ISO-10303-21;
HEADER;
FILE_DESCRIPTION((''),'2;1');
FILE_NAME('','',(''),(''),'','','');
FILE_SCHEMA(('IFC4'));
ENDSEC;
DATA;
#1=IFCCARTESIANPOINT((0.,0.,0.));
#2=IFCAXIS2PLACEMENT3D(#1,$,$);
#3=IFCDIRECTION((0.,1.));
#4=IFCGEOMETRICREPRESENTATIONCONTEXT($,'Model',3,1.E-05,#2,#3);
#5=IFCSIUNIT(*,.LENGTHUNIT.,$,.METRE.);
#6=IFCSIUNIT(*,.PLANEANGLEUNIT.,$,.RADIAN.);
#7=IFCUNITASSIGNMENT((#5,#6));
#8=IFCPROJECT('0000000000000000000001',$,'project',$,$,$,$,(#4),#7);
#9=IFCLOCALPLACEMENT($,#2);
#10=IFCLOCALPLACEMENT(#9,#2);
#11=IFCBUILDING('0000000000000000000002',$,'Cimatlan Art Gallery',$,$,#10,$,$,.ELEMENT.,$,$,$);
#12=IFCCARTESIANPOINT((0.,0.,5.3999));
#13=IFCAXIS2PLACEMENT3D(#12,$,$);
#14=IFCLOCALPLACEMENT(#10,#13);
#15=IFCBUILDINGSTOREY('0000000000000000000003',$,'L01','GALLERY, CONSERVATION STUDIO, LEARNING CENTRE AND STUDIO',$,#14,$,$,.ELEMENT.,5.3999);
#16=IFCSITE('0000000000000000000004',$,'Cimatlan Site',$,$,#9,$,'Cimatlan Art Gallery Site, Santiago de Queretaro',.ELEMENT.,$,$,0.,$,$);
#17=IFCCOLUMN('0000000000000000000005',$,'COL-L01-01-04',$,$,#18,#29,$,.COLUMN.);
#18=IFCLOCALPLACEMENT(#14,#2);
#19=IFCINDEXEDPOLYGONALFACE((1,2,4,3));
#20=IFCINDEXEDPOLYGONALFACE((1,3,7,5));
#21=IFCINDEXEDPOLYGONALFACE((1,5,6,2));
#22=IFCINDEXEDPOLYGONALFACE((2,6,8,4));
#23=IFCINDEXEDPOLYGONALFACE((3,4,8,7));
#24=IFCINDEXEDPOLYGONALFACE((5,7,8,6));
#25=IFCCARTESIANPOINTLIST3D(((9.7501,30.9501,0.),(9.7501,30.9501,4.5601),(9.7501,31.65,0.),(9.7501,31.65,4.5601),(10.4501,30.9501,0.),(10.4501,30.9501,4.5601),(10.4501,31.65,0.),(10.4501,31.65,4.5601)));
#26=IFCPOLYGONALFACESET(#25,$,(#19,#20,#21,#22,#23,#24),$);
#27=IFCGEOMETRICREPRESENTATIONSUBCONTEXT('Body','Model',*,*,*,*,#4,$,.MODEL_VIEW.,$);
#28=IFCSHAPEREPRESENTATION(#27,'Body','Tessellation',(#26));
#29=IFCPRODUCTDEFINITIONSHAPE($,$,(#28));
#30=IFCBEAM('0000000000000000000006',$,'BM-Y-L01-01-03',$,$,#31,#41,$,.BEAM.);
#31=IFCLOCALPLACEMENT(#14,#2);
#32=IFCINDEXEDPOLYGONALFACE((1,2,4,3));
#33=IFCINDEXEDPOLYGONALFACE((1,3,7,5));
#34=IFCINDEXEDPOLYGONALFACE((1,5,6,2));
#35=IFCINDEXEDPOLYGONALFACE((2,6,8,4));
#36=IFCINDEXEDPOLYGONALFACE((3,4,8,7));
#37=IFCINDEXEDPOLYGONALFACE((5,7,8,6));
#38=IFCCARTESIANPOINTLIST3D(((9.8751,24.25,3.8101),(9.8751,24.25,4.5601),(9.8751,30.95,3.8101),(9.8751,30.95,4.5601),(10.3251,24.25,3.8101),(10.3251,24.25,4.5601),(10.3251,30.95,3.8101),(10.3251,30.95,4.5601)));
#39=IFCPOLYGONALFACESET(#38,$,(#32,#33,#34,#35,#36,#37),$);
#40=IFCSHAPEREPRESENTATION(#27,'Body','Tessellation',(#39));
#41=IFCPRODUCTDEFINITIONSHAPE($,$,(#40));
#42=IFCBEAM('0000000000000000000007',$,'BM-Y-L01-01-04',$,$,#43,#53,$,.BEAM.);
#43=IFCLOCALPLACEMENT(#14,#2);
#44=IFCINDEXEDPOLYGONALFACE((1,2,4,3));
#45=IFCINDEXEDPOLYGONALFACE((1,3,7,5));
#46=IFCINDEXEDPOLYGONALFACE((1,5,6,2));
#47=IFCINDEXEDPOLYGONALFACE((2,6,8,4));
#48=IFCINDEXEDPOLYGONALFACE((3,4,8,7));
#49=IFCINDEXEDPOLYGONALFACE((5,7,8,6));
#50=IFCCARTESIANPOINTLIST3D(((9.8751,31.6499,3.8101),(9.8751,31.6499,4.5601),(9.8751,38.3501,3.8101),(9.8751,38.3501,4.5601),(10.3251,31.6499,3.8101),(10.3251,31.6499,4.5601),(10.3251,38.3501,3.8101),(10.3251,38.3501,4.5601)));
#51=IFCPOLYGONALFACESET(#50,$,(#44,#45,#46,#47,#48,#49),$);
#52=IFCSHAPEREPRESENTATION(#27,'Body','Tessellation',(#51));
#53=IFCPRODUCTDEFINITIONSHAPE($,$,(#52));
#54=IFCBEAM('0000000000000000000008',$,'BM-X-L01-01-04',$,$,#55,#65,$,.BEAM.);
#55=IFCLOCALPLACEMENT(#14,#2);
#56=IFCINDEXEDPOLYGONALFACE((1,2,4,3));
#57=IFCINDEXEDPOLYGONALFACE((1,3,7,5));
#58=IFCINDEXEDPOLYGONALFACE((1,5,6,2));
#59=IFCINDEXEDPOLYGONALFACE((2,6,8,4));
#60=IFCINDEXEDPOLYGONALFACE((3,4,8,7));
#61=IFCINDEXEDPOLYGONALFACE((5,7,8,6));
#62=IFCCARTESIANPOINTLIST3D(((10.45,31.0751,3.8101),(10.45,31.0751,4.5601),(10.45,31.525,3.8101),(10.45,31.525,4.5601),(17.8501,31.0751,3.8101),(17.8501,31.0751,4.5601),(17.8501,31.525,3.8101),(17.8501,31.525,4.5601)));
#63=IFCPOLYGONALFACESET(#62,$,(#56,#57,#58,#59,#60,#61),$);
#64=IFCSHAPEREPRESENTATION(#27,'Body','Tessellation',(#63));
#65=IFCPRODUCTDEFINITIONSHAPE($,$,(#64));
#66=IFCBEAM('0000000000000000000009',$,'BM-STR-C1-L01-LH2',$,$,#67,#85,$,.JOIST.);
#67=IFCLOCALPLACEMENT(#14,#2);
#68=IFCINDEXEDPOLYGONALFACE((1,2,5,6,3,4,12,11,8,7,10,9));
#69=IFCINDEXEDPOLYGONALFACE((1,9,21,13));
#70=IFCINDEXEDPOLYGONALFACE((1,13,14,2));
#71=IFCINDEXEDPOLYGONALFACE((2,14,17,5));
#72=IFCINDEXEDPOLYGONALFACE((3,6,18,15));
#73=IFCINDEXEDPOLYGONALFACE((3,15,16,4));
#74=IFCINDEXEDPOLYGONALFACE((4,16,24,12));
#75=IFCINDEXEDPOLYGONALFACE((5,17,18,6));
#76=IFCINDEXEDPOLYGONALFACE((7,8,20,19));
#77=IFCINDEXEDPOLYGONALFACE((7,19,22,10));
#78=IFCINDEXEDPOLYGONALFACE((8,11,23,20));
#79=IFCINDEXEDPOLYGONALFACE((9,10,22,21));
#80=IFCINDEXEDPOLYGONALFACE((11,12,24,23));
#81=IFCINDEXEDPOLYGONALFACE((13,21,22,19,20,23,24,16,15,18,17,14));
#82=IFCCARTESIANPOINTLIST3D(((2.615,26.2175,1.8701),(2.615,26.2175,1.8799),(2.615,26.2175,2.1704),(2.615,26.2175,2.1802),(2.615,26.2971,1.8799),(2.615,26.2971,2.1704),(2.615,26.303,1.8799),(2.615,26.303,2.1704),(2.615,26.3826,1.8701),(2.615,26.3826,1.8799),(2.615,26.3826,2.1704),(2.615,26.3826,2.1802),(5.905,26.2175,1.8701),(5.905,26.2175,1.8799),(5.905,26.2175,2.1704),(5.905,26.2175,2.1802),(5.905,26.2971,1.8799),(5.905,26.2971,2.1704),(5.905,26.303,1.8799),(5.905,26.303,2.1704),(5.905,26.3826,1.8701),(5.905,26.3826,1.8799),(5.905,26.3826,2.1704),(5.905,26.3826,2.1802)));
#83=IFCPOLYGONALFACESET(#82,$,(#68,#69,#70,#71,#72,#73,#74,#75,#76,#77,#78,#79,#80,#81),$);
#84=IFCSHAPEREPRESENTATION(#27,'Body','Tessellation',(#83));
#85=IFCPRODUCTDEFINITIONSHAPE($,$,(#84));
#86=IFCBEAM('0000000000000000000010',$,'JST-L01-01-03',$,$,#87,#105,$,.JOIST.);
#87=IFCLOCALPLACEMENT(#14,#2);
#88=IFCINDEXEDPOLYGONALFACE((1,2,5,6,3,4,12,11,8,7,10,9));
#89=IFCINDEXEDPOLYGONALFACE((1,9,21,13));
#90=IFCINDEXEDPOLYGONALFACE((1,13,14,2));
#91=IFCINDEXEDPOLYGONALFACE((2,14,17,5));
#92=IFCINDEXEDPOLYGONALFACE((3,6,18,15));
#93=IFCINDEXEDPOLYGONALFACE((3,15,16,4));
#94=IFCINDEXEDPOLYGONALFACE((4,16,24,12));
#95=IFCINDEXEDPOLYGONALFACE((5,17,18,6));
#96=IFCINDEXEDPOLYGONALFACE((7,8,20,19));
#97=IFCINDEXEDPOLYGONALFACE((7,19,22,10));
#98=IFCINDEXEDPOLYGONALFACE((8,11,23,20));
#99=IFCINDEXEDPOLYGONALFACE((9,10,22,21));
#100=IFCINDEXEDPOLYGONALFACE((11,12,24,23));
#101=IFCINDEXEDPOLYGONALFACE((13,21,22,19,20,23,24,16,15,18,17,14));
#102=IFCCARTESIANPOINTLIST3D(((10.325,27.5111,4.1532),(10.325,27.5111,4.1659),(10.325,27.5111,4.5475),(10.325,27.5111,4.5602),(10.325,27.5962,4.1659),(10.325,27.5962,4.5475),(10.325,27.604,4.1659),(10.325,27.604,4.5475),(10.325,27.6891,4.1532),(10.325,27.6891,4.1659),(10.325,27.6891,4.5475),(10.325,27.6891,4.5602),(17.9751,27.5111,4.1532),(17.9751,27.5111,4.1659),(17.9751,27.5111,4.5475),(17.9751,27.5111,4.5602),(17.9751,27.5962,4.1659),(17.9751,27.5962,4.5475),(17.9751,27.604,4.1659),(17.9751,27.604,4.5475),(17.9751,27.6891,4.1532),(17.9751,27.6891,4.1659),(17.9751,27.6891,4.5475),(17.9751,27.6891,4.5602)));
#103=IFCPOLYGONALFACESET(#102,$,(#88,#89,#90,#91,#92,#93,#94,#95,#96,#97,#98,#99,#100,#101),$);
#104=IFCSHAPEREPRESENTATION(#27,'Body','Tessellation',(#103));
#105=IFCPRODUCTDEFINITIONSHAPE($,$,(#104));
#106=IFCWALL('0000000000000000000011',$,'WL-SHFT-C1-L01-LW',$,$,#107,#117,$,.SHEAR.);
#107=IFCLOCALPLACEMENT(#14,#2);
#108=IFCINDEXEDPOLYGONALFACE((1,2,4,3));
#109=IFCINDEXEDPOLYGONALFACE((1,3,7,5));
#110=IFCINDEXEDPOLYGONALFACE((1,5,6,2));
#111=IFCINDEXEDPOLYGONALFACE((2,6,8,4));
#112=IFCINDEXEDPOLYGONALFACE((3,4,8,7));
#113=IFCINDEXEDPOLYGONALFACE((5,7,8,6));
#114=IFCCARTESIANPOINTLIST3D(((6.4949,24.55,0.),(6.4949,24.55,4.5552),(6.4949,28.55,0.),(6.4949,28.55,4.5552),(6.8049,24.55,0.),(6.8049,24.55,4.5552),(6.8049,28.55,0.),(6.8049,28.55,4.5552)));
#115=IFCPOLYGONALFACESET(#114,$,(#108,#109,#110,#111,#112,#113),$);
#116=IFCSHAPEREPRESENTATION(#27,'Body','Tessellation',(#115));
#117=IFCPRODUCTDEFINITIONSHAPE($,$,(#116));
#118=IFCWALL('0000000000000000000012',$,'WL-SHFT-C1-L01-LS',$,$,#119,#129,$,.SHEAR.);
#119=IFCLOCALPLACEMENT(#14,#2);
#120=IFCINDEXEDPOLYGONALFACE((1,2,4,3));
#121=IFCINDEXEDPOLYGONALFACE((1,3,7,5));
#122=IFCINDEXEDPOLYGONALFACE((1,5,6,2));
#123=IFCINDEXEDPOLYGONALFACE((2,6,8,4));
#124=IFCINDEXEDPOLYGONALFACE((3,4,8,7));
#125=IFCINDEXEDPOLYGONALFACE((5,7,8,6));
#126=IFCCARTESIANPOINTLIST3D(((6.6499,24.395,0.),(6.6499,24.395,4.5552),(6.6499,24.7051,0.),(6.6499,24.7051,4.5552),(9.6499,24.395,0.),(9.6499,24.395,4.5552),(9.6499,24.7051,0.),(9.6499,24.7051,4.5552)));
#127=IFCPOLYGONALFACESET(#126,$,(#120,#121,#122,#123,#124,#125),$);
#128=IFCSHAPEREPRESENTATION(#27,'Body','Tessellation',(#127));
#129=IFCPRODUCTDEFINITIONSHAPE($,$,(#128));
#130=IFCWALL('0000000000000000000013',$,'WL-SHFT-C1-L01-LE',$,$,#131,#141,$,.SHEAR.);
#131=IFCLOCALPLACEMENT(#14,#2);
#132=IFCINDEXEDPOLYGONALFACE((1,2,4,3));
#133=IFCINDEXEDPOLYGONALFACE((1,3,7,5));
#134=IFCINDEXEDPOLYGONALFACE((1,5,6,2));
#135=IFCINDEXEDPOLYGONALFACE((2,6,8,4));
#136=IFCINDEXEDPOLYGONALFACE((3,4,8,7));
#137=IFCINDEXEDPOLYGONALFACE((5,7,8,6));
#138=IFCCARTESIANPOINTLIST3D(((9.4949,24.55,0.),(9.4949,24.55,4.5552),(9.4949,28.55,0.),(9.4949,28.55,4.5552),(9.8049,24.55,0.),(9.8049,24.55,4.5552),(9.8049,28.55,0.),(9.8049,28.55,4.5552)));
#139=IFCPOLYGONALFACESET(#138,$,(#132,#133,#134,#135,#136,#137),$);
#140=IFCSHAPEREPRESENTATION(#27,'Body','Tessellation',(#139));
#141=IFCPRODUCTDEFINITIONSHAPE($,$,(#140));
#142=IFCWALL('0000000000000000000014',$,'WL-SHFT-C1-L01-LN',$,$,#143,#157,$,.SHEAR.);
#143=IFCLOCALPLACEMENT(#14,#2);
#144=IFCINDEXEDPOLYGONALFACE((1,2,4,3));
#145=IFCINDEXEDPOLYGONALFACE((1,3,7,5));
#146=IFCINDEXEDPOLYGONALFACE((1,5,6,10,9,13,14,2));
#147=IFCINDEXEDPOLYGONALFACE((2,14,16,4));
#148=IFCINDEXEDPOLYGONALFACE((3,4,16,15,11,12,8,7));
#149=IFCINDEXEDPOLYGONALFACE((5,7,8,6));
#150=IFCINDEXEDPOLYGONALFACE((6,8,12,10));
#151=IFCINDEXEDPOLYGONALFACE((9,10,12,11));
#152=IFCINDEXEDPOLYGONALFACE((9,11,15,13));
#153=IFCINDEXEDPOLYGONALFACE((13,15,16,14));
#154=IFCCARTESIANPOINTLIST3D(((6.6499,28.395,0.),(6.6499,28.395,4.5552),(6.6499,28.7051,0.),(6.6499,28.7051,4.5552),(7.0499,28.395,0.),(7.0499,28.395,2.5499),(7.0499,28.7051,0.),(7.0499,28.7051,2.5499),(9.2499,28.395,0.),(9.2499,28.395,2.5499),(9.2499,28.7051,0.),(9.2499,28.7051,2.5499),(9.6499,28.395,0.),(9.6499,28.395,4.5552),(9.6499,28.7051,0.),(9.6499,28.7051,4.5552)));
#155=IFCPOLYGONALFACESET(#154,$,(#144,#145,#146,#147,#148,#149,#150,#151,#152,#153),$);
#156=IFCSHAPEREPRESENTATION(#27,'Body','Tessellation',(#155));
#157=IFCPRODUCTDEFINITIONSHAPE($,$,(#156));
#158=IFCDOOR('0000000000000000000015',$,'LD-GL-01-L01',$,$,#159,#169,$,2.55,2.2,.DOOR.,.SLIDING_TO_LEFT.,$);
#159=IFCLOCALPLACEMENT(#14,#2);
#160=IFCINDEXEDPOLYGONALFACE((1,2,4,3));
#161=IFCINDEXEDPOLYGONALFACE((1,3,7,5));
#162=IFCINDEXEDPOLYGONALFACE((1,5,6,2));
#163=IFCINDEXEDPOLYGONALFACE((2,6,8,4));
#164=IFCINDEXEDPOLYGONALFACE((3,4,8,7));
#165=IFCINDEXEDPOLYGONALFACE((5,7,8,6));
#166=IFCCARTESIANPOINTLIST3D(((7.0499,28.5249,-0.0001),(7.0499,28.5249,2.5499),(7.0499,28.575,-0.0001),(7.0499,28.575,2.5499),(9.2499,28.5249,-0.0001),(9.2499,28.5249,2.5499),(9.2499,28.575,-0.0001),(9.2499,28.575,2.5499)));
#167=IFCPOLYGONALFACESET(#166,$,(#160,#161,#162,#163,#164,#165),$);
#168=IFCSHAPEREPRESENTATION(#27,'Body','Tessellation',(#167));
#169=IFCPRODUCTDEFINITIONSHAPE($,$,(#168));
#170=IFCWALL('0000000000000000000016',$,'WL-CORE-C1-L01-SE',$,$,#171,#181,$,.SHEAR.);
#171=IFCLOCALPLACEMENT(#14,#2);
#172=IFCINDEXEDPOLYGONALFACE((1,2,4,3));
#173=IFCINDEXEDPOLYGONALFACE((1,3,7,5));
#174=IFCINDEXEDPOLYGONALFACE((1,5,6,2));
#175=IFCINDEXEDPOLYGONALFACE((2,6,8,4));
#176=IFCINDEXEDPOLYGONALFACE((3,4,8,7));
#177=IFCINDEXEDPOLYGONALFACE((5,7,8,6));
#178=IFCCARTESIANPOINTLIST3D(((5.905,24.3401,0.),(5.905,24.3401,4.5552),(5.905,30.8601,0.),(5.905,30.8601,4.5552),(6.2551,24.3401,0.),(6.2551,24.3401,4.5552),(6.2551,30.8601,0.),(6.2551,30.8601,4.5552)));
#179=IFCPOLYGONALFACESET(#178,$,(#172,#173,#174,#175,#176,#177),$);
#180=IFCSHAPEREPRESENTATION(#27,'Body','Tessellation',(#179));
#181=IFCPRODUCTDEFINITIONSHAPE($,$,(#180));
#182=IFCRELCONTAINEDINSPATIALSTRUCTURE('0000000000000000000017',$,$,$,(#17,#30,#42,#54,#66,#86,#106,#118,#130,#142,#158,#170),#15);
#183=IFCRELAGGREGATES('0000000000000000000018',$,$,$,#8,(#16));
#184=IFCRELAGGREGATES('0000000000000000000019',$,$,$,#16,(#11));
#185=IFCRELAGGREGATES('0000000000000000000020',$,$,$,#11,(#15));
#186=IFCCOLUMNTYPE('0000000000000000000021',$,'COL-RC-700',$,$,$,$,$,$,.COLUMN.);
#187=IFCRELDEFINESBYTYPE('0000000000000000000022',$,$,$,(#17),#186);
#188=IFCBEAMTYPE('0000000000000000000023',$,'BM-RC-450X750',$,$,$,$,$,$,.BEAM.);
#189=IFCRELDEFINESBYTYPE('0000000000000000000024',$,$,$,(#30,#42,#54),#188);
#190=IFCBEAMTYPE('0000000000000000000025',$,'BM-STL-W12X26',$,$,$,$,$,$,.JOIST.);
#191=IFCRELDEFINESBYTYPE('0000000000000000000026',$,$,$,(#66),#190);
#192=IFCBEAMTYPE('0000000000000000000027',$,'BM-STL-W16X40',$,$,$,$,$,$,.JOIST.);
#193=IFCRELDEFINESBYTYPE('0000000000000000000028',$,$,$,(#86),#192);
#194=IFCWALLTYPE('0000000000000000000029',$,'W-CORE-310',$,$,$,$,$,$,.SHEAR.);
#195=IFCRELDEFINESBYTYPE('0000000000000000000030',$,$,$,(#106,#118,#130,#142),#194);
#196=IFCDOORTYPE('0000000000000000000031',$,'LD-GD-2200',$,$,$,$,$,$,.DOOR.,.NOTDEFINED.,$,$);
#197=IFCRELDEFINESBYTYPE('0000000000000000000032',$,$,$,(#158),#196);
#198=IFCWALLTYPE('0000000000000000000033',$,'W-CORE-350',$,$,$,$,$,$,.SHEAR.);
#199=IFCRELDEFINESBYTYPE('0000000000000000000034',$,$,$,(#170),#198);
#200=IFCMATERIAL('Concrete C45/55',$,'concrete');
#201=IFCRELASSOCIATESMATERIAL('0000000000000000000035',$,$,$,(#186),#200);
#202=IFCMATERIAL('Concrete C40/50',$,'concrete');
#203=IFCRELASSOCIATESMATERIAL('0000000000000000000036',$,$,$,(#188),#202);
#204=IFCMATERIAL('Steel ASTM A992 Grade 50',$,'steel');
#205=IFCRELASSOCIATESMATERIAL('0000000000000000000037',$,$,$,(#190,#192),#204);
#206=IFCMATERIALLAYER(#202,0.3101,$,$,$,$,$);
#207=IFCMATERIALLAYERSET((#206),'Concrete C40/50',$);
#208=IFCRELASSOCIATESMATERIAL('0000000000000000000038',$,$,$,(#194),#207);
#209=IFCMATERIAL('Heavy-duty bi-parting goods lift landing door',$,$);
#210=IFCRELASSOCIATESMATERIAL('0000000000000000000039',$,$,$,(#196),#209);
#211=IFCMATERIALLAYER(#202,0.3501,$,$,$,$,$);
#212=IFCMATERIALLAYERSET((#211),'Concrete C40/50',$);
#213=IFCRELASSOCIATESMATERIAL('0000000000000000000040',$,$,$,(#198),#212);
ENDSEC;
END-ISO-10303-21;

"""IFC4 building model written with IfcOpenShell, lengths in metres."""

from ifc_helpers import new_model, si_unit, direction, frame, frame_2d, origin, origin_2d, place, context, subcontext, project, spatial, rectangle, i_section, extrude, material, layer, layer_set, material_profile, profile_set, type_object, element, fill, save


model = new_model("IFC4")

# Units and contexts
model_context = context("Model", 3, precision=1e-05, world=origin(), true_north=direction((0.0, 1.0)))
body_context = subcontext(model_context, "Body", "Model", "MODEL_VIEW")
ifc_project = project(units=[si_unit("LENGTHUNIT", "METRE"), si_unit("PLANEANGLEUNIT", "RADIAN")], contexts=[model_context])

# Site, building, storey
site_placement = place(None, origin())
site = spatial("IfcSite", under=ifc_project, at=site_placement, Name="Cimatlan Site", LongName="Cimatlan Art Gallery Site, Santiago de Queretaro", CompositionType="ELEMENT", RefElevation=0.0)
building_placement = place(site_placement, origin())
building = spatial("IfcBuilding", under=site, at=building_placement, Name="Cimatlan Art Gallery", CompositionType="ELEMENT")
storey_placement = place(building_placement, frame((0.0, 0.0, 5.3999)))
storey = spatial("IfcBuildingStorey", under=building, at=storey_placement, Name="L01", Description="GALLERY, CONSERVATION STUDIO, LEARNING CENTRE AND STUDIO", CompositionType="ELEMENT", Elevation=5.3999)

# Column
ifc_material_1 = material(Name="Concrete C45/55", Category="concrete")
ifc_material_profile_1 = material_profile(ifc_material_1, rectangle(XDim=0.7, YDim=0.7, at=origin_2d()), Name="RC700X700")
ifc_profile_set_1 = profile_set([ifc_material_profile_1], Name="Concrete C45/55")
column_type = type_object("IfcColumnType", Name="COL-RC-700", PredefinedType="COLUMN", material=ifc_profile_set_1)
column_placement = place(storey_placement, frame((10.1001, 31.3, 0.0), z_axis=(0.0, 0.0, 1.0), x_axis=(1.0, 0.0, 0.0)))
element("IfcColumn", 1, at=column_placement, inside=storey, type_object=column_type, Name="COL-L01-01-04", PredefinedType="COLUMN", context=body_context, shape_type="SweptSolid", body=[
    extrude(rectangle(XDim=0.7, YDim=0.7, at=origin_2d()), origin(), (0.0, 0.0, 1.0), 4.5601),
])

# Beams
ifc_material_2 = material(Name="Concrete C40/50", Category="concrete")
ifc_material_profile_2 = material_profile(ifc_material_2, rectangle(XDim=0.45, YDim=0.75, at=origin_2d()), Name="RC450X750")
ifc_profile_set_2 = profile_set([ifc_material_profile_2], Name="Concrete C40/50")
beam_type_1 = type_object("IfcBeamType", Name="BM-RC-450X750", PredefinedType="BEAM", material=ifc_profile_set_2)
beam_1_placement = place(storey_placement, frame((10.1001, 24.25, 4.1851), z_axis=(0.0, 1.0, 0.0), x_axis=(-1.0, 0.0, 0.0)))
element("IfcBeam", 2, at=beam_1_placement, inside=storey, type_object=beam_type_1, Name="BM-Y-L01-01-03", PredefinedType="BEAM", context=body_context, shape_type="SweptSolid", body=[
    extrude(rectangle(XDim=0.45, YDim=0.75, at=origin_2d()), origin(), (0.0, 0.0, 1.0), 6.7),
])
beam_2_placement = place(storey_placement, frame((10.1001, 31.6499, 4.1851), z_axis=(0.0, 1.0, 0.0), x_axis=(-1.0, 0.0, 0.0)))
element("IfcBeam", 3, at=beam_2_placement, inside=storey, type_object=beam_type_1, Name="BM-Y-L01-01-04", PredefinedType="BEAM", context=body_context, shape_type="SweptSolid", body=[
    extrude(rectangle(XDim=0.45, YDim=0.75, at=origin_2d()), origin(), (0.0, 0.0, 1.0), 6.7002),
])
beam_3_placement = place(storey_placement, frame((10.45, 31.3, 4.1851), z_axis=(1.0, 0.0, 0.0), x_axis=(0.0, 1.0, 0.0)))
element("IfcBeam", 4, at=beam_3_placement, inside=storey, type_object=beam_type_1, Name="BM-X-L01-01-04", PredefinedType="BEAM", context=body_context, shape_type="SweptSolid", body=[
    extrude(rectangle(XDim=0.45, YDim=0.75, at=origin_2d()), origin(), (0.0, 0.0, 1.0), 7.4001),
])
ifc_material_3 = material(Name="Steel ASTM A992 Grade 50", Category="steel")
ifc_material_profile_3 = material_profile(ifc_material_3, i_section(OverallWidth=0.165, OverallDepth=0.3101, WebThickness=0.0059, FlangeThickness=0.0098, at=origin_2d()), Name="W12X26")
ifc_profile_set_3 = profile_set([ifc_material_profile_3], Name="Steel ASTM A992 Grade 50")
beam_type_2 = type_object("IfcBeamType", Name="BM-STL-W12X26", PredefinedType="JOIST", material=ifc_profile_set_3)
beam_4_placement = place(storey_placement, frame((2.615, 26.3, 2.0251), z_axis=(1.0, 0.0, 0.0), x_axis=(0.0, 1.0, 0.0)))
element("IfcBeam", 5, at=beam_4_placement, inside=storey, type_object=beam_type_2, Name="BM-STR-C1-L01-LH2", PredefinedType="JOIST", context=body_context, shape_type="SweptSolid", body=[
    extrude(i_section(OverallWidth=0.165, OverallDepth=0.3101, WebThickness=0.0059, FlangeThickness=0.0098, at=origin_2d()), origin(), (0.0, 0.0, 1.0), 3.29),
])
ifc_material_profile_4 = material_profile(ifc_material_3, i_section(OverallWidth=0.178, OverallDepth=0.407, WebThickness=0.0078, FlangeThickness=0.0127, at=origin_2d()), Name="W16X40")
ifc_profile_set_4 = profile_set([ifc_material_profile_4], Name="Steel ASTM A992 Grade 50")
beam_type_3 = type_object("IfcBeamType", Name="BM-STL-W16X40", PredefinedType="JOIST", material=ifc_profile_set_4)
beam_5_placement = place(storey_placement, frame((10.325, 27.6001, 4.3567), z_axis=(1.0, 0.0, 0.0), x_axis=(0.0, 1.0, 0.0)))
element("IfcBeam", 6, at=beam_5_placement, inside=storey, type_object=beam_type_3, Name="JST-L01-01-03", PredefinedType="JOIST", context=body_context, shape_type="SweptSolid", body=[
    extrude(i_section(OverallWidth=0.178, OverallDepth=0.407, WebThickness=0.0078, FlangeThickness=0.0127, at=origin_2d()), origin(), (0.0, 0.0, 1.0), 7.6501),
])

# Walls
ifc_layer_1 = layer(ifc_material_2, 0.3101)
ifc_layer_set_1 = layer_set([ifc_layer_1], Name="Concrete C40/50")
wall_type_1 = type_object("IfcWallType", Name="W-CORE-310", PredefinedType="SHEAR", material=ifc_layer_set_1)
wall_1_placement = place(storey_placement, frame((6.6499, 24.55, 0.0), z_axis=(0.0, 0.0, 1.0), x_axis=(0.0, 1.0, 0.0)))
element("IfcWall", 7, at=wall_1_placement, inside=storey, type_object=wall_type_1, Name="WL-SHFT-C1-L01-LW", PredefinedType="SHEAR", context=body_context, shape_type="SweptSolid", body=[
    extrude(rectangle(XDim=4.0, YDim=0.3101, at=frame_2d((2.0, 0.0))), origin(), (0.0, 0.0, 1.0), 4.5552),
])
wall_2_placement = place(storey_placement, frame((6.6499, 24.55, 0.0), z_axis=(0.0, 0.0, 1.0), x_axis=(1.0, 0.0, 0.0)))
element("IfcWall", 8, at=wall_2_placement, inside=storey, type_object=wall_type_1, Name="WL-SHFT-C1-L01-LS", PredefinedType="SHEAR", context=body_context, shape_type="SweptSolid", body=[
    extrude(rectangle(XDim=3.0, YDim=0.3101, at=frame_2d((1.5, 0.0))), origin(), (0.0, 0.0, 1.0), 4.5552),
])
wall_3_placement = place(storey_placement, frame((9.6499, 24.55, 0.0), z_axis=(0.0, 0.0, 1.0), x_axis=(0.0, 1.0, 0.0)))
element("IfcWall", 9, at=wall_3_placement, inside=storey, type_object=wall_type_1, Name="WL-SHFT-C1-L01-LE", PredefinedType="SHEAR", context=body_context, shape_type="SweptSolid", body=[
    extrude(rectangle(XDim=4.0, YDim=0.3101, at=frame_2d((2.0, 0.0))), origin(), (0.0, 0.0, 1.0), 4.5552),
])

# Wall, opening, door
wall_4_placement = place(storey_placement, frame((6.6499, 28.55, 0.0), z_axis=(0.0, 0.0, 1.0), x_axis=(1.0, 0.0, 0.0)))
wall_4 = element("IfcWall", 10, at=wall_4_placement, inside=storey, type_object=wall_type_1, Name="WL-SHFT-C1-L01-LN", PredefinedType="SHEAR", context=body_context, shape_type="SweptSolid", body=[
    extrude(rectangle(XDim=3.0, YDim=0.3101, at=frame_2d((1.5, 0.0))), origin(), (0.0, 0.0, 1.0), 4.5552),
])
opening_placement = place(wall_4_placement, frame((0.3999, 0.0, 0.0)))
opening = element("IfcOpeningElement", 11, at=opening_placement, cuts=wall_4, PredefinedType="OPENING", context=body_context, shape_type="SweptSolid", body=[
    extrude(rectangle(XDim=2.2, YDim=2.55, at=frame_2d((1.1001, 1.2749))), frame((0.0, 0.165, 0.0), z_axis=(0.0, -1.0, 0.0), x_axis=(1.0, 0.0, 0.0)), (0.0, 0.0, 1.0), 0.3301),
])
ifc_material_4 = material(Name="Heavy-duty bi-parting goods lift landing door")
door_type = type_object("IfcDoorType", Name="LD-GD-2200", OperationType="NOTDEFINED", PredefinedType="DOOR", material=ifc_material_4)
door_placement = place(opening_placement, origin())
door = element("IfcDoor", 12, at=door_placement, inside=storey, type_object=door_type, Name="LD-GL-01-L01", OperationType="SLIDING_TO_LEFT", OverallHeight=2.55, OverallWidth=2.2, PredefinedType="DOOR", context=body_context, shape_type="SweptSolid", body=[
    extrude(rectangle(XDim=2.2, YDim=2.55, at=frame_2d((1.1001, 1.2749))), frame((0.0, 0.0249, 0.0), z_axis=(0.0, -1.0, 0.0), x_axis=(1.0, 0.0, 0.0)), (0.0, 0.0, 1.0), 0.05),
])
fill(opening, door)

# Wall
ifc_layer_2 = layer(ifc_material_2, 0.3501)
ifc_layer_set_2 = layer_set([ifc_layer_2], Name="Concrete C40/50")
wall_type_2 = type_object("IfcWallType", Name="W-CORE-350", PredefinedType="SHEAR", material=ifc_layer_set_2)
wall_5_placement = place(storey_placement, frame((6.0801, 24.3401, 0.0), z_axis=(0.0, 0.0, 1.0), x_axis=(0.0, 1.0, 0.0)))
element("IfcWall", 13, at=wall_5_placement, inside=storey, type_object=wall_type_2, Name="WL-CORE-C1-L01-SE", PredefinedType="SHEAR", context=body_context, shape_type="SweptSolid", body=[
    extrude(rectangle(XDim=6.52, YDim=0.3501, at=frame_2d((3.26, 0.0))), origin(), (0.0, 0.0, 1.0), 4.5552),
])

save(model, "model.ifc")
